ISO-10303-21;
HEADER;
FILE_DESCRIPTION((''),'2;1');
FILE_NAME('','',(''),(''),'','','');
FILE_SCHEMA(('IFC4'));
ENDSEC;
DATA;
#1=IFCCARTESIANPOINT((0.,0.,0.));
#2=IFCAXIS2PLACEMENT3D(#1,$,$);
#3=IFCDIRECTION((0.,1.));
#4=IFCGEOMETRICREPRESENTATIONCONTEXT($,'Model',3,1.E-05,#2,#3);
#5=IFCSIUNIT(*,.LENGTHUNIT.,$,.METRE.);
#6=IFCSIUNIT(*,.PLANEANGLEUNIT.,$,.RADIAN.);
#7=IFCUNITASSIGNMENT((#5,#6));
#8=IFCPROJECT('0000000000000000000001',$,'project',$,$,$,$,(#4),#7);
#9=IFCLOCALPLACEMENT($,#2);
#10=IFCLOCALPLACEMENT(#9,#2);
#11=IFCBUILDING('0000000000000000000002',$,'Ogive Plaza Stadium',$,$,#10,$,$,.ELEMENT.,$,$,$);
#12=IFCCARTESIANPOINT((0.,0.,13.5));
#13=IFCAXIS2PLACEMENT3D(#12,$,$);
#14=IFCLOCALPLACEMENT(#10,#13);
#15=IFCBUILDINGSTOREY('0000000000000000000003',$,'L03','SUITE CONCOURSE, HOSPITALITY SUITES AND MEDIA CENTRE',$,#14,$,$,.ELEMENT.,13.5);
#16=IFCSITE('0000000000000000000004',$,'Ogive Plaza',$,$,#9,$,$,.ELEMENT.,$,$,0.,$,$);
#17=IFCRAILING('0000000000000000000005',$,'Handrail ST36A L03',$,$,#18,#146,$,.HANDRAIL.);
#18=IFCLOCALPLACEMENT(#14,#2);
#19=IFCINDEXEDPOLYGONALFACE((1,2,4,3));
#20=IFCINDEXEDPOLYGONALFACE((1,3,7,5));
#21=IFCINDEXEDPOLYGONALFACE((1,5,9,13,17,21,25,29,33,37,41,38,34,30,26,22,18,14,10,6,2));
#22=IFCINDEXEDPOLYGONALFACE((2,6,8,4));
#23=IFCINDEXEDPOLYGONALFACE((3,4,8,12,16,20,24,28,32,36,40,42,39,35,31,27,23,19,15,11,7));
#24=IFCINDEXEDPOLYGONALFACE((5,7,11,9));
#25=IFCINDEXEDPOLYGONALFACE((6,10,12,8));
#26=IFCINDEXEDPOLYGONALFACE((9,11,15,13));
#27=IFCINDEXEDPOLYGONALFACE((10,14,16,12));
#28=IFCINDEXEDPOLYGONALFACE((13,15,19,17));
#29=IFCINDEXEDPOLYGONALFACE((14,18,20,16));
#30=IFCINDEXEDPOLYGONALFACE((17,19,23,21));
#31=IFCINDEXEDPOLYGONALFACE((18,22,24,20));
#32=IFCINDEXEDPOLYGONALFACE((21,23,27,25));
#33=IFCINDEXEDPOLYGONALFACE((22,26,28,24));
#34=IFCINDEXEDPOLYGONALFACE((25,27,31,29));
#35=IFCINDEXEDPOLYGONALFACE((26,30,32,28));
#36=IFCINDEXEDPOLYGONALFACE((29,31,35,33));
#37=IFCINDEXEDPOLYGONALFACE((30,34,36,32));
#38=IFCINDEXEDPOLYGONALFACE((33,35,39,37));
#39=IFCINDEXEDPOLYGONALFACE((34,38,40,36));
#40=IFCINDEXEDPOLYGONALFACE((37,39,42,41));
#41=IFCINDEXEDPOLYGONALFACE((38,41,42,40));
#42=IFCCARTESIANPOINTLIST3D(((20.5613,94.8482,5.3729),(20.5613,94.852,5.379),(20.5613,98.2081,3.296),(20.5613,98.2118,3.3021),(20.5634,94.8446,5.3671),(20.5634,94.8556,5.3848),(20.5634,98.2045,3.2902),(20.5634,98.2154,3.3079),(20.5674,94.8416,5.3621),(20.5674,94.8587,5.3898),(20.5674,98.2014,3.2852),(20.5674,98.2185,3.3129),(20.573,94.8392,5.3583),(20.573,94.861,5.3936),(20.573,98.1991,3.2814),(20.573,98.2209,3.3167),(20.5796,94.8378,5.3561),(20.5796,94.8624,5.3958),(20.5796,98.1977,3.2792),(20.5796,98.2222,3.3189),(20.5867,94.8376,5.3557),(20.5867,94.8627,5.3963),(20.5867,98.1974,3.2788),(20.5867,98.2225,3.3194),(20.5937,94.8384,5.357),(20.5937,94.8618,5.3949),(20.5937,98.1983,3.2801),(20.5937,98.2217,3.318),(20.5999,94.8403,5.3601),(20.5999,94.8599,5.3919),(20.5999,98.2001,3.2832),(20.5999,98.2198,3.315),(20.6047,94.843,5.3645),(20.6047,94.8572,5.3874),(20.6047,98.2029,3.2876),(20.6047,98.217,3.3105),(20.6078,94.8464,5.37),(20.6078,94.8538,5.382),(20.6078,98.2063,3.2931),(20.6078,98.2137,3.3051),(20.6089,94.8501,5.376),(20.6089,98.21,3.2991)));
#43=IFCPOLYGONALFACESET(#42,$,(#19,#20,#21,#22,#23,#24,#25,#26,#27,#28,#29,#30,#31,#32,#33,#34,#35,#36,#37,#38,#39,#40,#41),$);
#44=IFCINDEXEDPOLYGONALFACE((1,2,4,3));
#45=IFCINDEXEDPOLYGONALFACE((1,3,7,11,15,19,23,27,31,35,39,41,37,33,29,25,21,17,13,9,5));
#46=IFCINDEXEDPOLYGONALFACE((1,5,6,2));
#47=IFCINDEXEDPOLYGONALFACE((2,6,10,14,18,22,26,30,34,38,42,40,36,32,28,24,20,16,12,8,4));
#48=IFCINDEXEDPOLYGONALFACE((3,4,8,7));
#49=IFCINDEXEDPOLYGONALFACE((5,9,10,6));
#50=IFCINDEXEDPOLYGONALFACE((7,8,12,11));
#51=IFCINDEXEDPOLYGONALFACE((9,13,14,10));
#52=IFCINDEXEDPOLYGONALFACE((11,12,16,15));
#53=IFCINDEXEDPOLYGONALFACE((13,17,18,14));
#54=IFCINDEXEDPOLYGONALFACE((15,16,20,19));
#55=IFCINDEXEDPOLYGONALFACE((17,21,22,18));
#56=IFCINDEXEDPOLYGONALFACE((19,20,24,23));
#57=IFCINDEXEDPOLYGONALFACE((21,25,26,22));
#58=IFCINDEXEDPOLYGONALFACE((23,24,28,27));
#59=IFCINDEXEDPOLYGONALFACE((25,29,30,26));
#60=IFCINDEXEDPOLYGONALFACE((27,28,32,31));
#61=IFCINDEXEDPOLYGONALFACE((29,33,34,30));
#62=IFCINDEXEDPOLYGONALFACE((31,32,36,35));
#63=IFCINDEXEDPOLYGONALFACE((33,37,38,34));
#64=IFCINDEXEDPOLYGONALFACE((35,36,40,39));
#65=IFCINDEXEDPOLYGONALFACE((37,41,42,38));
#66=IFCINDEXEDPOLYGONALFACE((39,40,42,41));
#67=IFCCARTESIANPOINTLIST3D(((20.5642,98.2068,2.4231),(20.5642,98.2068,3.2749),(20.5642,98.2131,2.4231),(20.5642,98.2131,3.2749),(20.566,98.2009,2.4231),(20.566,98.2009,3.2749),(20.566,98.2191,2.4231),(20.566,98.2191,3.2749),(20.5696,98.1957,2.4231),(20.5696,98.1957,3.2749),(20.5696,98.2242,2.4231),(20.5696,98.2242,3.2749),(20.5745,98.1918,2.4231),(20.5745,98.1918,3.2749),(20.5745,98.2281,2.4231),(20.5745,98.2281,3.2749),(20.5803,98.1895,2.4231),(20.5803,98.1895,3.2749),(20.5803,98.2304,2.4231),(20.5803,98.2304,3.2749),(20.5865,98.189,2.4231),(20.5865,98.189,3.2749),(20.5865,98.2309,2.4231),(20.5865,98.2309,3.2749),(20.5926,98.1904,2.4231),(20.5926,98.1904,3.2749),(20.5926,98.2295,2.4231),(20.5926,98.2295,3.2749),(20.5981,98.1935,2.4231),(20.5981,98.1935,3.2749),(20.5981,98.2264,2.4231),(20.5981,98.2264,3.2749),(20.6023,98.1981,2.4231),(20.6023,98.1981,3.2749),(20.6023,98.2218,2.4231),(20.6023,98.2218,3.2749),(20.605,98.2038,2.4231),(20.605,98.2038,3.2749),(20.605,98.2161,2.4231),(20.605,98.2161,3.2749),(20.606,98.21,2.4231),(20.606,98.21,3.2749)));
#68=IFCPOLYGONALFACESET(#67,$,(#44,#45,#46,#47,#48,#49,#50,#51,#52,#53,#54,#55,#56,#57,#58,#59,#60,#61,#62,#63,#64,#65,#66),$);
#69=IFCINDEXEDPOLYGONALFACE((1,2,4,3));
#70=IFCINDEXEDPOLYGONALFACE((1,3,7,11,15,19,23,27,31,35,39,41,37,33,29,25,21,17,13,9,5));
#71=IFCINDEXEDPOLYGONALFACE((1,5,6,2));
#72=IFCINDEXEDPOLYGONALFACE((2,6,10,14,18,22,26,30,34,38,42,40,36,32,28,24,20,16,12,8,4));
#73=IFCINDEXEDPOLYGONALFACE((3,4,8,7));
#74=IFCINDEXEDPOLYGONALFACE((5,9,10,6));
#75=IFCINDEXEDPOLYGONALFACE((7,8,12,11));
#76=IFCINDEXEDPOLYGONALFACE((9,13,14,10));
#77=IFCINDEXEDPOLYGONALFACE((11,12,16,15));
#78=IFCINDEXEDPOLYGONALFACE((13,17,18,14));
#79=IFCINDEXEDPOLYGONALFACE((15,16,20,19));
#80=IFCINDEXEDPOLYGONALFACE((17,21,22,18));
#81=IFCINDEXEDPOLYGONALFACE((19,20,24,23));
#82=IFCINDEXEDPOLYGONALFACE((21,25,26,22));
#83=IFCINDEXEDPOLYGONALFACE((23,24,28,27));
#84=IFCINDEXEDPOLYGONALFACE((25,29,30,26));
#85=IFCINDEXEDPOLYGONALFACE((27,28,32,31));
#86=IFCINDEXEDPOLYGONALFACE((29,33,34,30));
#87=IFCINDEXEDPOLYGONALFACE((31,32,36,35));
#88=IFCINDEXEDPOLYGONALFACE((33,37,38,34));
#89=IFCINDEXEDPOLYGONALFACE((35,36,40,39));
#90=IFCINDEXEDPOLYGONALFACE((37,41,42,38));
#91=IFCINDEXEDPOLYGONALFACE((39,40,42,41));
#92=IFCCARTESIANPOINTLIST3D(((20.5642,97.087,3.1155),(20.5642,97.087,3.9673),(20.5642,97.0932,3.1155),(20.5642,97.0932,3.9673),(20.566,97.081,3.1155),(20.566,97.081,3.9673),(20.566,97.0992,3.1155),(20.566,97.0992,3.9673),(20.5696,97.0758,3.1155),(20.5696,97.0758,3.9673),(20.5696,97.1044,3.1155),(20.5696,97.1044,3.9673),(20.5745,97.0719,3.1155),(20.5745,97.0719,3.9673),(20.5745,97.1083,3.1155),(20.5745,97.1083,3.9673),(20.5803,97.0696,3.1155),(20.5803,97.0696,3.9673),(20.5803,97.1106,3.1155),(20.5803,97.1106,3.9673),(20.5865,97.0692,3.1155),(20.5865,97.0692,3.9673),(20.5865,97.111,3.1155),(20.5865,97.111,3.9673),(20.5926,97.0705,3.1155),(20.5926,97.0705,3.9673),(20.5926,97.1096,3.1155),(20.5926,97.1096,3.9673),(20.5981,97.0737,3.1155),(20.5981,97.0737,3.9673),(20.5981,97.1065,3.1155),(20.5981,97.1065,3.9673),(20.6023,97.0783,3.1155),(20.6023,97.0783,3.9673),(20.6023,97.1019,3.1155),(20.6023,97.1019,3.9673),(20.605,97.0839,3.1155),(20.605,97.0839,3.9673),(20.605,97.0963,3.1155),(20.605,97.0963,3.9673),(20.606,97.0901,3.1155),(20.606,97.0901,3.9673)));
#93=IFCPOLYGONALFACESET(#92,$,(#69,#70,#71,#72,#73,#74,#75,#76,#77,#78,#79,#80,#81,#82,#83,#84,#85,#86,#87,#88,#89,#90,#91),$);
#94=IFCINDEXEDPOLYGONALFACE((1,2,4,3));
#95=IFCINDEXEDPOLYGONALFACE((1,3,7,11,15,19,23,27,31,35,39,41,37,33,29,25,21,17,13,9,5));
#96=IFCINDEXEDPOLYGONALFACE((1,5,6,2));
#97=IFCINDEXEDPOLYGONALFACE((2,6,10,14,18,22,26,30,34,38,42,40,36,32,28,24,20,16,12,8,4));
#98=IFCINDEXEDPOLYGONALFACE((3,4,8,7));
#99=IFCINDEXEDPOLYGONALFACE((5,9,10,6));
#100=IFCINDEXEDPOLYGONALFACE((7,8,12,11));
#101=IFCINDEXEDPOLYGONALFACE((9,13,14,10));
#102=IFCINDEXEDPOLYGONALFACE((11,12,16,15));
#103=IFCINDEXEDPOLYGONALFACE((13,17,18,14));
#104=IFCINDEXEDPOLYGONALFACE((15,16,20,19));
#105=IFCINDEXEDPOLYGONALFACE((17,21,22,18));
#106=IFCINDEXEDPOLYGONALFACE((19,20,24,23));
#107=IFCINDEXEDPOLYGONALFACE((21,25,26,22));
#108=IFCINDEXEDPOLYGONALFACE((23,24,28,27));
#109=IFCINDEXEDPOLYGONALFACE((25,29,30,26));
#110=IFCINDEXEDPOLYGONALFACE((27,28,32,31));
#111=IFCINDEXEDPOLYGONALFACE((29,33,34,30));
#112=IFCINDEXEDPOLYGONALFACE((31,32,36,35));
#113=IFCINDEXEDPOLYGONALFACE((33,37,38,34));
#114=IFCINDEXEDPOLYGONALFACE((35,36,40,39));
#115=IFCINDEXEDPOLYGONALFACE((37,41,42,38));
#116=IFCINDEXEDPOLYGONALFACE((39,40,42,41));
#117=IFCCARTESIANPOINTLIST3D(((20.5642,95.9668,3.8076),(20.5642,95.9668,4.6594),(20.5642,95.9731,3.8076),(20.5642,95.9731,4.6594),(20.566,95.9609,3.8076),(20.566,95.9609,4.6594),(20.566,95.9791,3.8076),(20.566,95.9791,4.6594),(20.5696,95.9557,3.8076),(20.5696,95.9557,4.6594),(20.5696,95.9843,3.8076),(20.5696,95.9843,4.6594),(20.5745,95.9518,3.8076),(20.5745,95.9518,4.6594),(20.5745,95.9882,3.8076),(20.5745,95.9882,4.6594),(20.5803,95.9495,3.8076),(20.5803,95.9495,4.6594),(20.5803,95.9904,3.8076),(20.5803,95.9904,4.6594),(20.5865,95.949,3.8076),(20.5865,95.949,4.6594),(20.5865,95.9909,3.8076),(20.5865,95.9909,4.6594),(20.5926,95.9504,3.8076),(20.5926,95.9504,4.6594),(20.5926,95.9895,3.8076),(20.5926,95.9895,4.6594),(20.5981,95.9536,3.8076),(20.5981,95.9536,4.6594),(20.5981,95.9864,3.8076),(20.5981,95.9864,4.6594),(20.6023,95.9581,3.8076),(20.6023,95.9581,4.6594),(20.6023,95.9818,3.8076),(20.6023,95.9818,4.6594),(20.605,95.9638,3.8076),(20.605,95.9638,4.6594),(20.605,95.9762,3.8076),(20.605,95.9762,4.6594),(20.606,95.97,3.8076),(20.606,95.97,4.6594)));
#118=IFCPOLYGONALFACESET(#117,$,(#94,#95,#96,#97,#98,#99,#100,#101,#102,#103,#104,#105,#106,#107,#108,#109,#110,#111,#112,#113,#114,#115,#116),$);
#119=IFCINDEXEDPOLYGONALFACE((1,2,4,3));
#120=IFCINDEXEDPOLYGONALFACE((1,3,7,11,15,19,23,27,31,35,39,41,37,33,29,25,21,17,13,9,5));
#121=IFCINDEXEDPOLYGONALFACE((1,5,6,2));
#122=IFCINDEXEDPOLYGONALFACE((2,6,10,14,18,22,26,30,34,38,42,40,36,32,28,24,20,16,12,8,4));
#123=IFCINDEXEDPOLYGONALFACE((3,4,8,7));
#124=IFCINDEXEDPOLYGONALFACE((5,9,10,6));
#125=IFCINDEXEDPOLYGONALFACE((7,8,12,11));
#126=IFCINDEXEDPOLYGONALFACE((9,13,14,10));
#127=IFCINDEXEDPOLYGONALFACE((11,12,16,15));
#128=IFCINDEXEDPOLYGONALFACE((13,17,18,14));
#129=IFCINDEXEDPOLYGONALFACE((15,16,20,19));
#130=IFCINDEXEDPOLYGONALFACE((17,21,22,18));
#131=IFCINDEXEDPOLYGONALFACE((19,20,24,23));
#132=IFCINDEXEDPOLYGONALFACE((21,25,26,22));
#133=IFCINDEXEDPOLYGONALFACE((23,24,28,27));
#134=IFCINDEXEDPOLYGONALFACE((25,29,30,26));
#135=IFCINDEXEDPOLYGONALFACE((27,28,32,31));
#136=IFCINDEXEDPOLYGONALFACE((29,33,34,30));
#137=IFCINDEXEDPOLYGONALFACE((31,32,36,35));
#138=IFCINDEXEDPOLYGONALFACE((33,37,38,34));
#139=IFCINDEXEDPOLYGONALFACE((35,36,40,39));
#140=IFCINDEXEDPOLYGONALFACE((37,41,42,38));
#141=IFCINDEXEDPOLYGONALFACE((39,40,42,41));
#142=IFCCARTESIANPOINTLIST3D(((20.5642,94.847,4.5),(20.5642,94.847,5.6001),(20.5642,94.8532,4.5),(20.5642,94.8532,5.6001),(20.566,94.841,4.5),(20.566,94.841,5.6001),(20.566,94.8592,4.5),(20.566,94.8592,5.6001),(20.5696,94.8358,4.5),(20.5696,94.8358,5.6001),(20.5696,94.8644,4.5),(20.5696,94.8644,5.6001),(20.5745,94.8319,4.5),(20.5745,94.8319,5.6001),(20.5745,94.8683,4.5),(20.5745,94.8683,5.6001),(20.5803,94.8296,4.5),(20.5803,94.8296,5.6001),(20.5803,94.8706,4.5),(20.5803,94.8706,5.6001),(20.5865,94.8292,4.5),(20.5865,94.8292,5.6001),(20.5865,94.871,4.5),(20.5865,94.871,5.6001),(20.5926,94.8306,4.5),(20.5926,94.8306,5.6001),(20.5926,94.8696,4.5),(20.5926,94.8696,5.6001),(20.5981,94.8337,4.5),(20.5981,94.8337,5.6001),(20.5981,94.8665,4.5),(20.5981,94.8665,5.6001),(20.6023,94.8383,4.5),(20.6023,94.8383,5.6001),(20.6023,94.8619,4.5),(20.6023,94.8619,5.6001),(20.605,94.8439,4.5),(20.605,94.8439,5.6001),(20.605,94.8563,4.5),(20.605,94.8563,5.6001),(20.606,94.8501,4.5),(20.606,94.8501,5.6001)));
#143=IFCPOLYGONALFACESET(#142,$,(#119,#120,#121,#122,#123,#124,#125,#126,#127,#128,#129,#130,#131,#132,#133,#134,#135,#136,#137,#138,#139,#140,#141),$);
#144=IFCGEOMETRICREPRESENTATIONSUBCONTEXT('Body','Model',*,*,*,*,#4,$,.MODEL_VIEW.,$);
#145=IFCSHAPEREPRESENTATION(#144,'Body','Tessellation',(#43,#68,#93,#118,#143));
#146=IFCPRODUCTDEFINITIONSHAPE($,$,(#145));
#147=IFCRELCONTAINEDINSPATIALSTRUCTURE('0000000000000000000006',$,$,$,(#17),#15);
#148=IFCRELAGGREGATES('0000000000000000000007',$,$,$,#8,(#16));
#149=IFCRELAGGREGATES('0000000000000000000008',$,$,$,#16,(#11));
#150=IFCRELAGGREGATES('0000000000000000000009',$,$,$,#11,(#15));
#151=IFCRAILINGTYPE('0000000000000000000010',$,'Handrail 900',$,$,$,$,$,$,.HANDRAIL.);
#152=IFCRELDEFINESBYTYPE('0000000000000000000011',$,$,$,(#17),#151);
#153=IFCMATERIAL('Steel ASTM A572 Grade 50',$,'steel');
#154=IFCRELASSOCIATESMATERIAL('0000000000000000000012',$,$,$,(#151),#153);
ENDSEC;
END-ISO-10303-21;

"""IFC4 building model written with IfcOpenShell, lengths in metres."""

from ifc_helpers import new_model, si_unit, direction, frame, origin, origin_2d, place, context, subcontext, project, spatial, circle, extrude, material, type_object, element, save


model = new_model("IFC4")

# Units and contexts
model_context = context("Model", 3, precision=1e-05, world=origin(), true_north=direction((0.0, 1.0)))
body_context = subcontext(model_context, "Body", "Model", "MODEL_VIEW")
ifc_project = project(units=[si_unit("LENGTHUNIT", "METRE"), si_unit("PLANEANGLEUNIT", "RADIAN")], contexts=[model_context])

# Site, building, storey
site_placement = place(None, origin())
site = spatial("IfcSite", under=ifc_project, at=site_placement, Name="Ogive Plaza", CompositionType="ELEMENT", RefElevation=0.0)
building_placement = place(site_placement, origin())
building = spatial("IfcBuilding", under=site, at=building_placement, Name="Ogive Plaza Stadium", CompositionType="ELEMENT")
storey_placement = place(building_placement, frame((0.0, 0.0, 13.5)))
storey = spatial("IfcBuildingStorey", under=building, at=storey_placement, Name="L03", Description="SUITE CONCOURSE, HOSPITALITY SUITES AND MEDIA CENTRE", CompositionType="ELEMENT", Elevation=13.5)

# Railing
ifc_material_1 = material(Name="Steel ASTM A572 Grade 50", Category="steel")
railing_type_1 = type_object("IfcRailingType", Name="Handrail 900", PredefinedType="HANDRAIL", material=ifc_material_1)
railing_1_placement = place(storey_placement, frame((20.585, 98.21, 2.4231)))
element("IfcRailing", 1, at=railing_1_placement, inside=storey, type_object=railing_type_1, Name="Handrail ST36A L03", PredefinedType="HANDRAIL", context=body_context, shape_type="SweptSolid", body=[
    extrude(circle(Radius=0.0239, at=origin_2d()), frame((0.0, 0.0, 0.876), z_axis=(0.0, -0.850606, 0.525803), x_axis=(1.0, 0.0, 0.0)), (0.0, 0.0, 1.0), 3.95),
    extrude(circle(Radius=0.021, at=origin_2d()), origin(), (0.0, 0.0, 1.0), 0.8518),
    extrude(circle(Radius=0.021, at=origin_2d()), frame((0.0, -1.1199, 0.6924)), (0.0, 0.0, 1.0), 0.8518),
    extrude(circle(Radius=0.021, at=origin_2d()), frame((0.0, -2.24, 1.3845)), (0.0, 0.0, 1.0), 0.8518),
    extrude(circle(Radius=0.021, at=origin_2d()), frame((0.0, -3.3599, 2.0769)), (0.0, 0.0, 1.0), 1.1001),
])

save(model, "model.ifc")
